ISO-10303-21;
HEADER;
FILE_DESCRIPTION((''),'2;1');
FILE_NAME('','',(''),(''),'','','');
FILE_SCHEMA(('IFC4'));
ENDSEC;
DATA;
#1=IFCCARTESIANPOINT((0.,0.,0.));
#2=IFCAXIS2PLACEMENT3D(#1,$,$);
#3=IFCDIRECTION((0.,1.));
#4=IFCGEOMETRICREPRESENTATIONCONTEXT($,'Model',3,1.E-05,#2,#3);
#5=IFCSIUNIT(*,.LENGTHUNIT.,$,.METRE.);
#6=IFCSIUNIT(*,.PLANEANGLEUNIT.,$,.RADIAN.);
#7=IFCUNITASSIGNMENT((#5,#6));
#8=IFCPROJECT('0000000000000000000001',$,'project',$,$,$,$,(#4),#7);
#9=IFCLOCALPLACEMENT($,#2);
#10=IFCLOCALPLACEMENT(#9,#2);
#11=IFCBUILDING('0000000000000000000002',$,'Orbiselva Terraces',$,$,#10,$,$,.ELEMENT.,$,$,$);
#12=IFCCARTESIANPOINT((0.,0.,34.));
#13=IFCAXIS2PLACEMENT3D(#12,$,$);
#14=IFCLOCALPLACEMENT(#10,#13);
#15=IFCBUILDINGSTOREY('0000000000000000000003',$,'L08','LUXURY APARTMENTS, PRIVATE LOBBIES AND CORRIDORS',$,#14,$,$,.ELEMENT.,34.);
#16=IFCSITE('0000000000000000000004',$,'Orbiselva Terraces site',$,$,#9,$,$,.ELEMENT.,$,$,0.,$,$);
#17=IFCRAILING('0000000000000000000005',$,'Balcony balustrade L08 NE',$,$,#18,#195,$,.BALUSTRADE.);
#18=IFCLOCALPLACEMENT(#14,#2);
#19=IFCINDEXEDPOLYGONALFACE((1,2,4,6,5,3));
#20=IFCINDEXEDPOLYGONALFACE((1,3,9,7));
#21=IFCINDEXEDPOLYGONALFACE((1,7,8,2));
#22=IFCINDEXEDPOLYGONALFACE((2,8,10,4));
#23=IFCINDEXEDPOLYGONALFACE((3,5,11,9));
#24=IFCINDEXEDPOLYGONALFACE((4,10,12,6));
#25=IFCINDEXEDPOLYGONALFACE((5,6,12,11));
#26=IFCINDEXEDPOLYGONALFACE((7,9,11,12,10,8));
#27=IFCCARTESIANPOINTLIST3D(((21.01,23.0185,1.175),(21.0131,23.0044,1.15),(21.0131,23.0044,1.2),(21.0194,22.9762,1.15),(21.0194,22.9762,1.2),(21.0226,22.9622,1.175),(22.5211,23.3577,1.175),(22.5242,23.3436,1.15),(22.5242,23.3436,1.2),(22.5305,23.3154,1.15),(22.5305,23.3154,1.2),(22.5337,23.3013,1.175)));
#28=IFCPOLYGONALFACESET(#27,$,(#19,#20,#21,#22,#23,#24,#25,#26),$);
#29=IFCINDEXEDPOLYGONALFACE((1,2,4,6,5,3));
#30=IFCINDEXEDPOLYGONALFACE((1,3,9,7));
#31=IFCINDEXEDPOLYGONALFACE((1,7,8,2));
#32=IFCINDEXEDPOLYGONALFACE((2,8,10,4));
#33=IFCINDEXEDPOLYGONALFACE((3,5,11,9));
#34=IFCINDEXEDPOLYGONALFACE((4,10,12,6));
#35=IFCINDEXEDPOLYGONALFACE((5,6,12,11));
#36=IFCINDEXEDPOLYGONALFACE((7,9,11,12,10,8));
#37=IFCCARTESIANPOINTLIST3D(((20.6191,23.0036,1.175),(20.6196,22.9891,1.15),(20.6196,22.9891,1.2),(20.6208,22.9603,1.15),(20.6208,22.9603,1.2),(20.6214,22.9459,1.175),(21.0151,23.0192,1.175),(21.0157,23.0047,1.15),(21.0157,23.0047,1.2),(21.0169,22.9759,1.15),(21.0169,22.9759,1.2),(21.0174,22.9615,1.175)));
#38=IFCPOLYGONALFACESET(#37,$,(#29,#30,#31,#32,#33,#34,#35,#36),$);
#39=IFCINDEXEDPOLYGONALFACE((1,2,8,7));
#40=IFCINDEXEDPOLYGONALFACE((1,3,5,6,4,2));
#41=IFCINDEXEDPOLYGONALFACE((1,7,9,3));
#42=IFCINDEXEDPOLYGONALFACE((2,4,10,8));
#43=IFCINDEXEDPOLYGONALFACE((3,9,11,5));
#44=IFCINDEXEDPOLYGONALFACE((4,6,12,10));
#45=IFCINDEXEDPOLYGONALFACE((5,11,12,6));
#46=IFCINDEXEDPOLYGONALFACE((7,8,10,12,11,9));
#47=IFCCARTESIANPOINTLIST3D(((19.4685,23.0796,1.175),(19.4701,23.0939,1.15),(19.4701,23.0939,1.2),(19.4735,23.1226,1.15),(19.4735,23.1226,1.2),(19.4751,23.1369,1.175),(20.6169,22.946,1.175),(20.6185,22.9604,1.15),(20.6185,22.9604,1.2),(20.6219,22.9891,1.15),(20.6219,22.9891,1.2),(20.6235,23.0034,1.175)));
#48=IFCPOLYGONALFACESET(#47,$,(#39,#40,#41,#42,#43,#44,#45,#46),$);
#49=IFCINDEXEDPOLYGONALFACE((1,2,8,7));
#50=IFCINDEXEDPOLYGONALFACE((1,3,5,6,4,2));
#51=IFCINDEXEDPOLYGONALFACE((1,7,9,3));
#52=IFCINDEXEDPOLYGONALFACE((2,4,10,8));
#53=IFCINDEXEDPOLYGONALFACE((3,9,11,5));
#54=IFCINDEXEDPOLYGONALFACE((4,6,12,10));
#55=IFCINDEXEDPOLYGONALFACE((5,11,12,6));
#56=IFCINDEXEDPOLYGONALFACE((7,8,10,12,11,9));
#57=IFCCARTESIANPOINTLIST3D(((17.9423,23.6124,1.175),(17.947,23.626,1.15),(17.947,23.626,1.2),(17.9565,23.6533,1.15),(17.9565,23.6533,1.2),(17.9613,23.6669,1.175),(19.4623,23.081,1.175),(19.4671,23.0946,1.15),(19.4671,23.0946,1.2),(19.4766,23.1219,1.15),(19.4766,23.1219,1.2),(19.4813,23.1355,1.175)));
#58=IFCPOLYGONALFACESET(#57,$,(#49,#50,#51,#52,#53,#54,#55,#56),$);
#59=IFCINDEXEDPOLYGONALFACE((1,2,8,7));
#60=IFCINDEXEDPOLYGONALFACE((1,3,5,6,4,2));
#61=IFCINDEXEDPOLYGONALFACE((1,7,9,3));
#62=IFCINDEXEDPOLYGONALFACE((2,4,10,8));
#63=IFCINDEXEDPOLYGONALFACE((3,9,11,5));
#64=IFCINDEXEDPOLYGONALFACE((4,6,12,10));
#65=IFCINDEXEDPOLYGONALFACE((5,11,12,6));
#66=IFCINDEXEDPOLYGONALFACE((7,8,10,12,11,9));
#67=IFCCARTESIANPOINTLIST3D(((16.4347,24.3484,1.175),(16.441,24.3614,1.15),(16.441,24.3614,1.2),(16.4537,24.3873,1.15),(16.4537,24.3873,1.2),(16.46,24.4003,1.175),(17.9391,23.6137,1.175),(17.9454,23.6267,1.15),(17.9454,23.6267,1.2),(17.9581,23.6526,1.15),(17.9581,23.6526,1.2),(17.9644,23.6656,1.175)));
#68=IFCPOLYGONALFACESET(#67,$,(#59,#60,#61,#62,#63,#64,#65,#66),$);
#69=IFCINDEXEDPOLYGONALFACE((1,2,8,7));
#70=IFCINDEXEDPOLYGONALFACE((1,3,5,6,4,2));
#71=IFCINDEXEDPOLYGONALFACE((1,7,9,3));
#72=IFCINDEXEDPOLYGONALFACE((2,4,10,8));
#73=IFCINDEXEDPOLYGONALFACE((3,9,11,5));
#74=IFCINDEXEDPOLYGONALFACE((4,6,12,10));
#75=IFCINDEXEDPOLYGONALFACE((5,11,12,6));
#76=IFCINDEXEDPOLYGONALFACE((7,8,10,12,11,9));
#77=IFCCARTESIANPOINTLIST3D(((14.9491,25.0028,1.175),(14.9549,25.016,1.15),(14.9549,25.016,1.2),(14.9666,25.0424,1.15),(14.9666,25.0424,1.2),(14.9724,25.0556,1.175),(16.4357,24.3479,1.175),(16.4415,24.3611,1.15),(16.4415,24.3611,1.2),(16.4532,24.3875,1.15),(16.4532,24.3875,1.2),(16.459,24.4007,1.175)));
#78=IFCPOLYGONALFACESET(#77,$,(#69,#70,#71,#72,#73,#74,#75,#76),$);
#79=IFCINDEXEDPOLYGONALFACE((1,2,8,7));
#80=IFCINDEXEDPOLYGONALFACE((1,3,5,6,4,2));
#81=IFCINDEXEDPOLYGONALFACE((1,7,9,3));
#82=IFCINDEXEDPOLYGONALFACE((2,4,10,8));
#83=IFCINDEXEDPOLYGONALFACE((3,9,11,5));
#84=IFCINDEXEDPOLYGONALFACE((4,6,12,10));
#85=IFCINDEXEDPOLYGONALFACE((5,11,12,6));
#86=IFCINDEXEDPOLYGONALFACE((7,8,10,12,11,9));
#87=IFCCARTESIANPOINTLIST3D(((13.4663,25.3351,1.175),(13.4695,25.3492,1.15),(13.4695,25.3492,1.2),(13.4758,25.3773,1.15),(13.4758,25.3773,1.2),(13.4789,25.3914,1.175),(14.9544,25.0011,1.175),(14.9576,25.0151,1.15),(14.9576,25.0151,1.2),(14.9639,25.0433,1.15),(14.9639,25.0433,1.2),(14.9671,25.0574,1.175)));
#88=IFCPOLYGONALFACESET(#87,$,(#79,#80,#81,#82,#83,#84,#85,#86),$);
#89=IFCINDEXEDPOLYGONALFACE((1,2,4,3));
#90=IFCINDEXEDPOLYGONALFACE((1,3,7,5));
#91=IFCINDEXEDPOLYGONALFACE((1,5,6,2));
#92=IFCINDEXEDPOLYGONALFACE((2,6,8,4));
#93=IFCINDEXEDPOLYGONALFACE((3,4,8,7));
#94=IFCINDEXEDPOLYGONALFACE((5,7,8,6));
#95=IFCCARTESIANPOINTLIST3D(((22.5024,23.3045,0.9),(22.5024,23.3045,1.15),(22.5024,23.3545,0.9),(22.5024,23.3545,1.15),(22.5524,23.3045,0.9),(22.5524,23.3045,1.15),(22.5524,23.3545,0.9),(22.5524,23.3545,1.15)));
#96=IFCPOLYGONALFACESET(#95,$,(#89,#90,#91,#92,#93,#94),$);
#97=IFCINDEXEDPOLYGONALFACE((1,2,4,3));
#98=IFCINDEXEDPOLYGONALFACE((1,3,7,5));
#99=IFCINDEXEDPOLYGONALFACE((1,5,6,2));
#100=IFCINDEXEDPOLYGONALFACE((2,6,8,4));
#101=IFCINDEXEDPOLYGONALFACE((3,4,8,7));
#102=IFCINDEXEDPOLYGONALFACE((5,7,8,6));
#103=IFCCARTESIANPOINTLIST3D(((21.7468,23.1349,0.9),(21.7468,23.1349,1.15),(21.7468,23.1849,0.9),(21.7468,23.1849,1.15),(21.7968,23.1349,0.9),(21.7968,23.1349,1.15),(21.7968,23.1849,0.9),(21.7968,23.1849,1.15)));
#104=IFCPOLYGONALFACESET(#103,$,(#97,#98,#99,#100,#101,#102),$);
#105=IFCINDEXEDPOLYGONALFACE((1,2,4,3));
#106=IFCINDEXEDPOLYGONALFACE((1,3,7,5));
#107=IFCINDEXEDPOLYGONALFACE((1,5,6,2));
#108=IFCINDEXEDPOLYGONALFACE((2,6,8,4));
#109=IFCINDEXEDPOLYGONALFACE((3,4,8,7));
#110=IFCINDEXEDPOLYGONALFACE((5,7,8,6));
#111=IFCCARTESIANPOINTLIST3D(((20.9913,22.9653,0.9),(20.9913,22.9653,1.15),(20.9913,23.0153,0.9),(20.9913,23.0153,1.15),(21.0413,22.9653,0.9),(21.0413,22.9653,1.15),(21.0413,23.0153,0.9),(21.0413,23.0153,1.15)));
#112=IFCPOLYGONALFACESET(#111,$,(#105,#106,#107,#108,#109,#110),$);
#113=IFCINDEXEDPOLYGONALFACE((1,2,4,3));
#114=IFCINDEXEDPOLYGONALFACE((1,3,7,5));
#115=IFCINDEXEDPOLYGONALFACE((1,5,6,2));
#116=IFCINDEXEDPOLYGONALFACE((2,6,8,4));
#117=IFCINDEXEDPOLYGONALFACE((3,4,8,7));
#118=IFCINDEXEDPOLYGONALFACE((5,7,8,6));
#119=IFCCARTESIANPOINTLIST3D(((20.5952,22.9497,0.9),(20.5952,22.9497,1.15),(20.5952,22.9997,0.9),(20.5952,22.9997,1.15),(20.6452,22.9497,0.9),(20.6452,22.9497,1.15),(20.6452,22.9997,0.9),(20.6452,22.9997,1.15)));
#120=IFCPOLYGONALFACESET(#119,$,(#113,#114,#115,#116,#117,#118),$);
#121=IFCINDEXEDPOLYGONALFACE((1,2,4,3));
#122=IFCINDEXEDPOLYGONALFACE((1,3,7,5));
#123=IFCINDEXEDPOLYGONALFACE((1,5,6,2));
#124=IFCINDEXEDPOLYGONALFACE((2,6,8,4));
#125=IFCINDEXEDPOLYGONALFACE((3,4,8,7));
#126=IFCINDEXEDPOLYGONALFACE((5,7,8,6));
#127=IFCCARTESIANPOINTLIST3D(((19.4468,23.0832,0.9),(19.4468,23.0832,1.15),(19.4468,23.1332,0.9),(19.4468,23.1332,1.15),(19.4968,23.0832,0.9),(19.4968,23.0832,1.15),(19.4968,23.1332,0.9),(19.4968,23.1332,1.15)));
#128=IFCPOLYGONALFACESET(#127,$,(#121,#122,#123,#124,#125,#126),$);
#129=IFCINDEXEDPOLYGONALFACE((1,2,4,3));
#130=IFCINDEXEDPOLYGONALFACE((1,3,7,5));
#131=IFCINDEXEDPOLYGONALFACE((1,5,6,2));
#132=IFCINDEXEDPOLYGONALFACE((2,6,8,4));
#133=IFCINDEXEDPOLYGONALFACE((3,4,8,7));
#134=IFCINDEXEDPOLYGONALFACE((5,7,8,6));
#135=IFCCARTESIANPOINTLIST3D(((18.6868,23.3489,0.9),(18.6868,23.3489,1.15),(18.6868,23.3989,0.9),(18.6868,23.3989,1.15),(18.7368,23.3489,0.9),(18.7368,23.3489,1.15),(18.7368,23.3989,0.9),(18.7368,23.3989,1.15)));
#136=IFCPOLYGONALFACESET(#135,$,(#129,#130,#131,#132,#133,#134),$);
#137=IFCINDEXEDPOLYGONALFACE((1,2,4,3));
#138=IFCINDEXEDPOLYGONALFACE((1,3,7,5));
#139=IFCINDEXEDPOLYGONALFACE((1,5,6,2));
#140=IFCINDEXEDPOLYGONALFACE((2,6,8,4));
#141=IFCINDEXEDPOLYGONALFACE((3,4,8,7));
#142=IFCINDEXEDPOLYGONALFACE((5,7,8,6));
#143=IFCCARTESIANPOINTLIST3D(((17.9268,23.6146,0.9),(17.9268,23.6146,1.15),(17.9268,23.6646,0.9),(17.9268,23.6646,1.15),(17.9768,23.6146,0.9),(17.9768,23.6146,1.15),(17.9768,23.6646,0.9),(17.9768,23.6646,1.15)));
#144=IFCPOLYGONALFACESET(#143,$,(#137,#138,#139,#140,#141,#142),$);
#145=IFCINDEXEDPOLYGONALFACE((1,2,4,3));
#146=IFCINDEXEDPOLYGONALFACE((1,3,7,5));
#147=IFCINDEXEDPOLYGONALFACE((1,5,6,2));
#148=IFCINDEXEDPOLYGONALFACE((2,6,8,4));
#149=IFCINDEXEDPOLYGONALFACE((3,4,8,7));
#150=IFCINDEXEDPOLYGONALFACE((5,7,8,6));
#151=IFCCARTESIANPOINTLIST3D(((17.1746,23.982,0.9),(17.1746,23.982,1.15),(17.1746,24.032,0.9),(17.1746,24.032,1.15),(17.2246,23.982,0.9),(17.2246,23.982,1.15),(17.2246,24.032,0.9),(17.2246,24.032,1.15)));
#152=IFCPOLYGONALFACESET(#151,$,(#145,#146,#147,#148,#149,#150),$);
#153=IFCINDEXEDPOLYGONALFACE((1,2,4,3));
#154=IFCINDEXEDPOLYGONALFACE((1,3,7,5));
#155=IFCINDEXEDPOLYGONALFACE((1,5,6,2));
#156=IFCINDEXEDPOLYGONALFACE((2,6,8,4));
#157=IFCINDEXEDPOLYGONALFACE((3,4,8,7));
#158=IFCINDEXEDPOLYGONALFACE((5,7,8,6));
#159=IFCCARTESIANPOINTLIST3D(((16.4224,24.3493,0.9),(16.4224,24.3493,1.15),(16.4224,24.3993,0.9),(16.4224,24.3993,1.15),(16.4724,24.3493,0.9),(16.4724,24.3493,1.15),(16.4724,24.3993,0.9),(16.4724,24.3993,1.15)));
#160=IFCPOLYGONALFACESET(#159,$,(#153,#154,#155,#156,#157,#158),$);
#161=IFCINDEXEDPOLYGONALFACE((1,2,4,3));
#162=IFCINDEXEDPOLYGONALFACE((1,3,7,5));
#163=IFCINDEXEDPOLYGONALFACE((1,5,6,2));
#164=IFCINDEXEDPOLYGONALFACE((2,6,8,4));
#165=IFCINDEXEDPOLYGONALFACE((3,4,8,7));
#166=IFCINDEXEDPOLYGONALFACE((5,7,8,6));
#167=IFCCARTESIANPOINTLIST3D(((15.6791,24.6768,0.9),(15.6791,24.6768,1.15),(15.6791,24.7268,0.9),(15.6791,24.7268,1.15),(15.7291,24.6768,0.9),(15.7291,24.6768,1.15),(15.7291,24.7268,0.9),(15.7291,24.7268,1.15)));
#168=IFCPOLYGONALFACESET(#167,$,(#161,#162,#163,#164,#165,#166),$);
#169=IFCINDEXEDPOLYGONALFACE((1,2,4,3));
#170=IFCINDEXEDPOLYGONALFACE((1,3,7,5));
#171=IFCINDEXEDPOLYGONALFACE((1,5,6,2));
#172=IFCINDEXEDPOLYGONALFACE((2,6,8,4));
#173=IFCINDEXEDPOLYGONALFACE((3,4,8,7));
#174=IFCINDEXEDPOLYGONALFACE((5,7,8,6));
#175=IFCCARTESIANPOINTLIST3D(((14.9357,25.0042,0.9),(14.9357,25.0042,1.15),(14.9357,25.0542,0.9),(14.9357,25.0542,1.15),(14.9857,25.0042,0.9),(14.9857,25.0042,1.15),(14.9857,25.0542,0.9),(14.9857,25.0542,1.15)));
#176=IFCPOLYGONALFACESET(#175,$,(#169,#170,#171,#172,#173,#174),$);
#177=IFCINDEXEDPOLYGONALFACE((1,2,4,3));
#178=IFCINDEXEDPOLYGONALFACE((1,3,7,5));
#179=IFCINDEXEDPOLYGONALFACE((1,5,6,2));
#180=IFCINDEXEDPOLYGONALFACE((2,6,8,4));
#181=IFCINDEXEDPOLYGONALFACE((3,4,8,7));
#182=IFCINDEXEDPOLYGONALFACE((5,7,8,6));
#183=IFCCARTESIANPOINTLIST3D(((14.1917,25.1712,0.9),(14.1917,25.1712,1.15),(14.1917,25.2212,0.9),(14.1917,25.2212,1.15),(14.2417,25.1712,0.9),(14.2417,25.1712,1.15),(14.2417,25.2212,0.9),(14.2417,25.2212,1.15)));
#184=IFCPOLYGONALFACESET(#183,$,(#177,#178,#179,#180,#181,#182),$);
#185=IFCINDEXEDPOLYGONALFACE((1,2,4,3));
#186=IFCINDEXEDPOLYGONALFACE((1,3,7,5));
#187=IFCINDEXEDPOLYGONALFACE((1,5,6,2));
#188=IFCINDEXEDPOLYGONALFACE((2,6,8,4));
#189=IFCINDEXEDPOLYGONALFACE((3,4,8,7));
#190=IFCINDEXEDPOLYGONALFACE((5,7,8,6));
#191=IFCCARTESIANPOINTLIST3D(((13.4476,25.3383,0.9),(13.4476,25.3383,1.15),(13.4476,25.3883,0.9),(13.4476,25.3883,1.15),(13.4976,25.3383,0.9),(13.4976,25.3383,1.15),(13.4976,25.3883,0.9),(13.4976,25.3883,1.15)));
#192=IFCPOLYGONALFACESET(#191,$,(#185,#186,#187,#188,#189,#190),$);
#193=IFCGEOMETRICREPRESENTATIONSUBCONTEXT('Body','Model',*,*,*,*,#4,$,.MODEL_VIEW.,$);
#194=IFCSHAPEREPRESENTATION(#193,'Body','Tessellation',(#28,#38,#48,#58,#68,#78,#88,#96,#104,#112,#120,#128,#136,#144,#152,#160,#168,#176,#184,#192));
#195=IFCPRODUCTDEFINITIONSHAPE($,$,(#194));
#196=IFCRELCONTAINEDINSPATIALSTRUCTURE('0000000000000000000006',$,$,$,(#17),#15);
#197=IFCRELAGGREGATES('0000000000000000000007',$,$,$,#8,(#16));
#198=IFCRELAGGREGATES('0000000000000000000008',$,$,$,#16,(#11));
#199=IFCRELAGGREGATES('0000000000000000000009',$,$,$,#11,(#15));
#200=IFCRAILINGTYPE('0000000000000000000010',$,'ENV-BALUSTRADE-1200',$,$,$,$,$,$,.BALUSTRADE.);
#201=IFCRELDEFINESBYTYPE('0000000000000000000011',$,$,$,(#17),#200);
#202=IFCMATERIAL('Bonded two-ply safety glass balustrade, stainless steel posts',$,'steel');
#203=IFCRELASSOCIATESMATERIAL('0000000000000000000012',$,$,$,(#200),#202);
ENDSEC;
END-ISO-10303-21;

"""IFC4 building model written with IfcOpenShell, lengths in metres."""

from ifc_helpers import new_model, si_unit, direction, frame, origin, origin_2d, place, context, subcontext, project, spatial, polyline, rectangle, outline, extrude, material, type_object, element, save


model = new_model("IFC4")

# Units and contexts
model_context = context("Model", 3, precision=1e-05, world=origin(), true_north=direction((0.0, 1.0)))
body_context = subcontext(model_context, "Body", "Model", "MODEL_VIEW")
ifc_project = project(units=[si_unit("LENGTHUNIT", "METRE"), si_unit("PLANEANGLEUNIT", "RADIAN")], contexts=[model_context])

# Site, building, storey
site_placement = place(None, origin())
site = spatial("IfcSite", under=ifc_project, at=site_placement, Name="Orbiselva Terraces site", CompositionType="ELEMENT", RefElevation=0.0)
building_placement = place(site_placement, origin())
building = spatial("IfcBuilding", under=site, at=building_placement, Name="Orbiselva Terraces", CompositionType="ELEMENT")
storey_placement = place(building_placement, frame((0.0, 0.0, 34.0)))
storey = spatial("IfcBuildingStorey", under=building, at=storey_placement, Name="L08", Description="LUXURY APARTMENTS, PRIVATE LOBBIES AND CORRIDORS", CompositionType="ELEMENT", Elevation=34.0)

# Railing
ifc_material_1 = material(Name="Bonded two-ply safety glass balustrade, stainless steel posts", Category="steel")
railing_type_1 = type_object("IfcRailingType", Name="ENV-BALUSTRADE-1200", PredefinedType="BALUSTRADE", material=ifc_material_1)
railing_1_placement = place(storey_placement, frame((22.5274, 23.3295, 0.9)))
element("IfcRailing", 1, at=railing_1_placement, inside=storey, type_object=railing_type_1, Name="Balcony balustrade L08 NE", PredefinedType="BALUSTRADE", context=body_context, shape_type="SweptSolid", body=[
    extrude(outline(polyline([(0.0289, 0.0), (0.0144, 0.025), (-0.0144, 0.025), (-0.0289, 0.0), (-0.0144, -0.025), (0.0144, -0.025), (0.0289, 0.0)])), frame((0.0, 0.0, 0.275), z_axis=(-0.975721, -0.219015, 0.0), x_axis=(0.219015, -0.975721, 0.0)), (0.0, 0.0, 1.0), 1.5487),
    extrude(outline(polyline([(0.0289, 0.0), (0.0144, 0.025), (-0.0144, 0.025), (-0.0289, 0.0), (-0.0144, -0.025), (0.0144, -0.025), (0.0289, 0.0)])), frame((-1.5111, -0.3392, 0.275), z_axis=(-0.999225, -0.039369, 0.0), x_axis=(0.039369, -0.999225, 0.0)), (0.0, 0.0, 1.0), 0.3964),
    extrude(outline(polyline([(0.0289, 0.0), (0.0144, 0.025), (-0.0144, 0.025), (-0.0289, 0.0), (-0.0144, -0.025), (0.0144, -0.025), (0.0289, 0.0)])), frame((-1.9072, -0.3548, 0.275), z_axis=(-0.99331, 0.115482, 0.0), x_axis=(-0.115482, -0.99331, 0.0)), (0.0, 0.0, 1.0), 1.1561),
    extrude(outline(polyline([(0.0289, 0.0), (0.0144, 0.025), (-0.0144, 0.025), (-0.0289, 0.0), (-0.0144, -0.025), (0.0144, -0.025), (0.0289, 0.0)])), frame((-3.0556, -0.2213, 0.275), z_axis=(-0.943972, 0.330025, 0.0), x_axis=(-0.330025, -0.943972, 0.0)), (0.0, 0.0, 1.0), 1.6103),
    extrude(outline(polyline([(0.0289, 0.0), (0.0144, 0.025), (-0.0144, 0.025), (-0.0289, 0.0), (-0.0144, -0.025), (0.0144, -0.025), (0.0289, 0.0)])), frame((-4.5756, 0.3101, 0.275), z_axis=(-0.898579, 0.438812, 0.0), x_axis=(-0.438812, -0.898579, 0.0)), (0.0, 0.0, 1.0), 1.6742),
    extrude(outline(polyline([(0.0289, 0.0), (0.0144, 0.025), (-0.0144, 0.025), (-0.0289, 0.0), (-0.0144, -0.025), (0.0144, -0.025), (0.0289, 0.0)])), frame((-6.08, 1.0448, 0.275), z_axis=(-0.915133, 0.403151, 0.0), x_axis=(-0.403151, -0.915133, 0.0)), (0.0, 0.0, 1.0), 1.6245),
    extrude(outline(polyline([(0.0289, 0.0), (0.0144, 0.025), (-0.0144, 0.025), (-0.0289, 0.0), (-0.0144, -0.025), (0.0144, -0.025), (0.0289, 0.0)])), frame((-7.5666, 1.6997, 0.275), z_axis=(-0.975721, 0.219016, 0.0), x_axis=(-0.219016, -0.975721, 0.0)), (0.0, 0.0, 1.0), 1.5252),
    extrude(rectangle(XDim=0.05, YDim=0.05, at=origin_2d()), origin(), (0.0, 0.0, 1.0), 0.25),
    extrude(rectangle(XDim=0.05, YDim=0.05, at=origin_2d()), frame((-0.7555, -0.1696, 0.0)), (0.0, 0.0, 1.0), 0.25),
    extrude(rectangle(XDim=0.05, YDim=0.05, at=origin_2d()), frame((-1.5111, -0.3392, 0.0)), (0.0, 0.0, 1.0), 0.25),
    extrude(rectangle(XDim=0.05, YDim=0.05, at=origin_2d()), frame((-1.9072, -0.3548, 0.0)), (0.0, 0.0, 1.0), 0.25),
    extrude(rectangle(XDim=0.05, YDim=0.05, at=origin_2d()), frame((-3.0556, -0.2213, 0.0)), (0.0, 0.0, 1.0), 0.25),
    extrude(rectangle(XDim=0.05, YDim=0.05, at=origin_2d()), frame((-3.8156, 0.0444, 0.0)), (0.0, 0.0, 1.0), 0.25),
    extrude(rectangle(XDim=0.05, YDim=0.05, at=origin_2d()), frame((-4.5756, 0.3101, 0.0)), (0.0, 0.0, 1.0), 0.25),
    extrude(rectangle(XDim=0.05, YDim=0.05, at=origin_2d()), frame((-5.3278, 0.6775, 0.0)), (0.0, 0.0, 1.0), 0.25),
    extrude(rectangle(XDim=0.05, YDim=0.05, at=origin_2d()), frame((-6.08, 1.0448, 0.0)), (0.0, 0.0, 1.0), 0.25),
    extrude(rectangle(XDim=0.05, YDim=0.05, at=origin_2d()), frame((-6.8233, 1.3723, 0.0)), (0.0, 0.0, 1.0), 0.25),
    extrude(rectangle(XDim=0.05, YDim=0.05, at=origin_2d()), frame((-7.5666, 1.6997, 0.0)), (0.0, 0.0, 1.0), 0.25),
    extrude(rectangle(XDim=0.05, YDim=0.05, at=origin_2d()), frame((-8.3107, 1.8667, 0.0)), (0.0, 0.0, 1.0), 0.25),
    extrude(rectangle(XDim=0.05, YDim=0.05, at=origin_2d()), frame((-9.0548, 2.0338, 0.0)), (0.0, 0.0, 1.0), 0.25),
])

save(model, "model.ifc")
